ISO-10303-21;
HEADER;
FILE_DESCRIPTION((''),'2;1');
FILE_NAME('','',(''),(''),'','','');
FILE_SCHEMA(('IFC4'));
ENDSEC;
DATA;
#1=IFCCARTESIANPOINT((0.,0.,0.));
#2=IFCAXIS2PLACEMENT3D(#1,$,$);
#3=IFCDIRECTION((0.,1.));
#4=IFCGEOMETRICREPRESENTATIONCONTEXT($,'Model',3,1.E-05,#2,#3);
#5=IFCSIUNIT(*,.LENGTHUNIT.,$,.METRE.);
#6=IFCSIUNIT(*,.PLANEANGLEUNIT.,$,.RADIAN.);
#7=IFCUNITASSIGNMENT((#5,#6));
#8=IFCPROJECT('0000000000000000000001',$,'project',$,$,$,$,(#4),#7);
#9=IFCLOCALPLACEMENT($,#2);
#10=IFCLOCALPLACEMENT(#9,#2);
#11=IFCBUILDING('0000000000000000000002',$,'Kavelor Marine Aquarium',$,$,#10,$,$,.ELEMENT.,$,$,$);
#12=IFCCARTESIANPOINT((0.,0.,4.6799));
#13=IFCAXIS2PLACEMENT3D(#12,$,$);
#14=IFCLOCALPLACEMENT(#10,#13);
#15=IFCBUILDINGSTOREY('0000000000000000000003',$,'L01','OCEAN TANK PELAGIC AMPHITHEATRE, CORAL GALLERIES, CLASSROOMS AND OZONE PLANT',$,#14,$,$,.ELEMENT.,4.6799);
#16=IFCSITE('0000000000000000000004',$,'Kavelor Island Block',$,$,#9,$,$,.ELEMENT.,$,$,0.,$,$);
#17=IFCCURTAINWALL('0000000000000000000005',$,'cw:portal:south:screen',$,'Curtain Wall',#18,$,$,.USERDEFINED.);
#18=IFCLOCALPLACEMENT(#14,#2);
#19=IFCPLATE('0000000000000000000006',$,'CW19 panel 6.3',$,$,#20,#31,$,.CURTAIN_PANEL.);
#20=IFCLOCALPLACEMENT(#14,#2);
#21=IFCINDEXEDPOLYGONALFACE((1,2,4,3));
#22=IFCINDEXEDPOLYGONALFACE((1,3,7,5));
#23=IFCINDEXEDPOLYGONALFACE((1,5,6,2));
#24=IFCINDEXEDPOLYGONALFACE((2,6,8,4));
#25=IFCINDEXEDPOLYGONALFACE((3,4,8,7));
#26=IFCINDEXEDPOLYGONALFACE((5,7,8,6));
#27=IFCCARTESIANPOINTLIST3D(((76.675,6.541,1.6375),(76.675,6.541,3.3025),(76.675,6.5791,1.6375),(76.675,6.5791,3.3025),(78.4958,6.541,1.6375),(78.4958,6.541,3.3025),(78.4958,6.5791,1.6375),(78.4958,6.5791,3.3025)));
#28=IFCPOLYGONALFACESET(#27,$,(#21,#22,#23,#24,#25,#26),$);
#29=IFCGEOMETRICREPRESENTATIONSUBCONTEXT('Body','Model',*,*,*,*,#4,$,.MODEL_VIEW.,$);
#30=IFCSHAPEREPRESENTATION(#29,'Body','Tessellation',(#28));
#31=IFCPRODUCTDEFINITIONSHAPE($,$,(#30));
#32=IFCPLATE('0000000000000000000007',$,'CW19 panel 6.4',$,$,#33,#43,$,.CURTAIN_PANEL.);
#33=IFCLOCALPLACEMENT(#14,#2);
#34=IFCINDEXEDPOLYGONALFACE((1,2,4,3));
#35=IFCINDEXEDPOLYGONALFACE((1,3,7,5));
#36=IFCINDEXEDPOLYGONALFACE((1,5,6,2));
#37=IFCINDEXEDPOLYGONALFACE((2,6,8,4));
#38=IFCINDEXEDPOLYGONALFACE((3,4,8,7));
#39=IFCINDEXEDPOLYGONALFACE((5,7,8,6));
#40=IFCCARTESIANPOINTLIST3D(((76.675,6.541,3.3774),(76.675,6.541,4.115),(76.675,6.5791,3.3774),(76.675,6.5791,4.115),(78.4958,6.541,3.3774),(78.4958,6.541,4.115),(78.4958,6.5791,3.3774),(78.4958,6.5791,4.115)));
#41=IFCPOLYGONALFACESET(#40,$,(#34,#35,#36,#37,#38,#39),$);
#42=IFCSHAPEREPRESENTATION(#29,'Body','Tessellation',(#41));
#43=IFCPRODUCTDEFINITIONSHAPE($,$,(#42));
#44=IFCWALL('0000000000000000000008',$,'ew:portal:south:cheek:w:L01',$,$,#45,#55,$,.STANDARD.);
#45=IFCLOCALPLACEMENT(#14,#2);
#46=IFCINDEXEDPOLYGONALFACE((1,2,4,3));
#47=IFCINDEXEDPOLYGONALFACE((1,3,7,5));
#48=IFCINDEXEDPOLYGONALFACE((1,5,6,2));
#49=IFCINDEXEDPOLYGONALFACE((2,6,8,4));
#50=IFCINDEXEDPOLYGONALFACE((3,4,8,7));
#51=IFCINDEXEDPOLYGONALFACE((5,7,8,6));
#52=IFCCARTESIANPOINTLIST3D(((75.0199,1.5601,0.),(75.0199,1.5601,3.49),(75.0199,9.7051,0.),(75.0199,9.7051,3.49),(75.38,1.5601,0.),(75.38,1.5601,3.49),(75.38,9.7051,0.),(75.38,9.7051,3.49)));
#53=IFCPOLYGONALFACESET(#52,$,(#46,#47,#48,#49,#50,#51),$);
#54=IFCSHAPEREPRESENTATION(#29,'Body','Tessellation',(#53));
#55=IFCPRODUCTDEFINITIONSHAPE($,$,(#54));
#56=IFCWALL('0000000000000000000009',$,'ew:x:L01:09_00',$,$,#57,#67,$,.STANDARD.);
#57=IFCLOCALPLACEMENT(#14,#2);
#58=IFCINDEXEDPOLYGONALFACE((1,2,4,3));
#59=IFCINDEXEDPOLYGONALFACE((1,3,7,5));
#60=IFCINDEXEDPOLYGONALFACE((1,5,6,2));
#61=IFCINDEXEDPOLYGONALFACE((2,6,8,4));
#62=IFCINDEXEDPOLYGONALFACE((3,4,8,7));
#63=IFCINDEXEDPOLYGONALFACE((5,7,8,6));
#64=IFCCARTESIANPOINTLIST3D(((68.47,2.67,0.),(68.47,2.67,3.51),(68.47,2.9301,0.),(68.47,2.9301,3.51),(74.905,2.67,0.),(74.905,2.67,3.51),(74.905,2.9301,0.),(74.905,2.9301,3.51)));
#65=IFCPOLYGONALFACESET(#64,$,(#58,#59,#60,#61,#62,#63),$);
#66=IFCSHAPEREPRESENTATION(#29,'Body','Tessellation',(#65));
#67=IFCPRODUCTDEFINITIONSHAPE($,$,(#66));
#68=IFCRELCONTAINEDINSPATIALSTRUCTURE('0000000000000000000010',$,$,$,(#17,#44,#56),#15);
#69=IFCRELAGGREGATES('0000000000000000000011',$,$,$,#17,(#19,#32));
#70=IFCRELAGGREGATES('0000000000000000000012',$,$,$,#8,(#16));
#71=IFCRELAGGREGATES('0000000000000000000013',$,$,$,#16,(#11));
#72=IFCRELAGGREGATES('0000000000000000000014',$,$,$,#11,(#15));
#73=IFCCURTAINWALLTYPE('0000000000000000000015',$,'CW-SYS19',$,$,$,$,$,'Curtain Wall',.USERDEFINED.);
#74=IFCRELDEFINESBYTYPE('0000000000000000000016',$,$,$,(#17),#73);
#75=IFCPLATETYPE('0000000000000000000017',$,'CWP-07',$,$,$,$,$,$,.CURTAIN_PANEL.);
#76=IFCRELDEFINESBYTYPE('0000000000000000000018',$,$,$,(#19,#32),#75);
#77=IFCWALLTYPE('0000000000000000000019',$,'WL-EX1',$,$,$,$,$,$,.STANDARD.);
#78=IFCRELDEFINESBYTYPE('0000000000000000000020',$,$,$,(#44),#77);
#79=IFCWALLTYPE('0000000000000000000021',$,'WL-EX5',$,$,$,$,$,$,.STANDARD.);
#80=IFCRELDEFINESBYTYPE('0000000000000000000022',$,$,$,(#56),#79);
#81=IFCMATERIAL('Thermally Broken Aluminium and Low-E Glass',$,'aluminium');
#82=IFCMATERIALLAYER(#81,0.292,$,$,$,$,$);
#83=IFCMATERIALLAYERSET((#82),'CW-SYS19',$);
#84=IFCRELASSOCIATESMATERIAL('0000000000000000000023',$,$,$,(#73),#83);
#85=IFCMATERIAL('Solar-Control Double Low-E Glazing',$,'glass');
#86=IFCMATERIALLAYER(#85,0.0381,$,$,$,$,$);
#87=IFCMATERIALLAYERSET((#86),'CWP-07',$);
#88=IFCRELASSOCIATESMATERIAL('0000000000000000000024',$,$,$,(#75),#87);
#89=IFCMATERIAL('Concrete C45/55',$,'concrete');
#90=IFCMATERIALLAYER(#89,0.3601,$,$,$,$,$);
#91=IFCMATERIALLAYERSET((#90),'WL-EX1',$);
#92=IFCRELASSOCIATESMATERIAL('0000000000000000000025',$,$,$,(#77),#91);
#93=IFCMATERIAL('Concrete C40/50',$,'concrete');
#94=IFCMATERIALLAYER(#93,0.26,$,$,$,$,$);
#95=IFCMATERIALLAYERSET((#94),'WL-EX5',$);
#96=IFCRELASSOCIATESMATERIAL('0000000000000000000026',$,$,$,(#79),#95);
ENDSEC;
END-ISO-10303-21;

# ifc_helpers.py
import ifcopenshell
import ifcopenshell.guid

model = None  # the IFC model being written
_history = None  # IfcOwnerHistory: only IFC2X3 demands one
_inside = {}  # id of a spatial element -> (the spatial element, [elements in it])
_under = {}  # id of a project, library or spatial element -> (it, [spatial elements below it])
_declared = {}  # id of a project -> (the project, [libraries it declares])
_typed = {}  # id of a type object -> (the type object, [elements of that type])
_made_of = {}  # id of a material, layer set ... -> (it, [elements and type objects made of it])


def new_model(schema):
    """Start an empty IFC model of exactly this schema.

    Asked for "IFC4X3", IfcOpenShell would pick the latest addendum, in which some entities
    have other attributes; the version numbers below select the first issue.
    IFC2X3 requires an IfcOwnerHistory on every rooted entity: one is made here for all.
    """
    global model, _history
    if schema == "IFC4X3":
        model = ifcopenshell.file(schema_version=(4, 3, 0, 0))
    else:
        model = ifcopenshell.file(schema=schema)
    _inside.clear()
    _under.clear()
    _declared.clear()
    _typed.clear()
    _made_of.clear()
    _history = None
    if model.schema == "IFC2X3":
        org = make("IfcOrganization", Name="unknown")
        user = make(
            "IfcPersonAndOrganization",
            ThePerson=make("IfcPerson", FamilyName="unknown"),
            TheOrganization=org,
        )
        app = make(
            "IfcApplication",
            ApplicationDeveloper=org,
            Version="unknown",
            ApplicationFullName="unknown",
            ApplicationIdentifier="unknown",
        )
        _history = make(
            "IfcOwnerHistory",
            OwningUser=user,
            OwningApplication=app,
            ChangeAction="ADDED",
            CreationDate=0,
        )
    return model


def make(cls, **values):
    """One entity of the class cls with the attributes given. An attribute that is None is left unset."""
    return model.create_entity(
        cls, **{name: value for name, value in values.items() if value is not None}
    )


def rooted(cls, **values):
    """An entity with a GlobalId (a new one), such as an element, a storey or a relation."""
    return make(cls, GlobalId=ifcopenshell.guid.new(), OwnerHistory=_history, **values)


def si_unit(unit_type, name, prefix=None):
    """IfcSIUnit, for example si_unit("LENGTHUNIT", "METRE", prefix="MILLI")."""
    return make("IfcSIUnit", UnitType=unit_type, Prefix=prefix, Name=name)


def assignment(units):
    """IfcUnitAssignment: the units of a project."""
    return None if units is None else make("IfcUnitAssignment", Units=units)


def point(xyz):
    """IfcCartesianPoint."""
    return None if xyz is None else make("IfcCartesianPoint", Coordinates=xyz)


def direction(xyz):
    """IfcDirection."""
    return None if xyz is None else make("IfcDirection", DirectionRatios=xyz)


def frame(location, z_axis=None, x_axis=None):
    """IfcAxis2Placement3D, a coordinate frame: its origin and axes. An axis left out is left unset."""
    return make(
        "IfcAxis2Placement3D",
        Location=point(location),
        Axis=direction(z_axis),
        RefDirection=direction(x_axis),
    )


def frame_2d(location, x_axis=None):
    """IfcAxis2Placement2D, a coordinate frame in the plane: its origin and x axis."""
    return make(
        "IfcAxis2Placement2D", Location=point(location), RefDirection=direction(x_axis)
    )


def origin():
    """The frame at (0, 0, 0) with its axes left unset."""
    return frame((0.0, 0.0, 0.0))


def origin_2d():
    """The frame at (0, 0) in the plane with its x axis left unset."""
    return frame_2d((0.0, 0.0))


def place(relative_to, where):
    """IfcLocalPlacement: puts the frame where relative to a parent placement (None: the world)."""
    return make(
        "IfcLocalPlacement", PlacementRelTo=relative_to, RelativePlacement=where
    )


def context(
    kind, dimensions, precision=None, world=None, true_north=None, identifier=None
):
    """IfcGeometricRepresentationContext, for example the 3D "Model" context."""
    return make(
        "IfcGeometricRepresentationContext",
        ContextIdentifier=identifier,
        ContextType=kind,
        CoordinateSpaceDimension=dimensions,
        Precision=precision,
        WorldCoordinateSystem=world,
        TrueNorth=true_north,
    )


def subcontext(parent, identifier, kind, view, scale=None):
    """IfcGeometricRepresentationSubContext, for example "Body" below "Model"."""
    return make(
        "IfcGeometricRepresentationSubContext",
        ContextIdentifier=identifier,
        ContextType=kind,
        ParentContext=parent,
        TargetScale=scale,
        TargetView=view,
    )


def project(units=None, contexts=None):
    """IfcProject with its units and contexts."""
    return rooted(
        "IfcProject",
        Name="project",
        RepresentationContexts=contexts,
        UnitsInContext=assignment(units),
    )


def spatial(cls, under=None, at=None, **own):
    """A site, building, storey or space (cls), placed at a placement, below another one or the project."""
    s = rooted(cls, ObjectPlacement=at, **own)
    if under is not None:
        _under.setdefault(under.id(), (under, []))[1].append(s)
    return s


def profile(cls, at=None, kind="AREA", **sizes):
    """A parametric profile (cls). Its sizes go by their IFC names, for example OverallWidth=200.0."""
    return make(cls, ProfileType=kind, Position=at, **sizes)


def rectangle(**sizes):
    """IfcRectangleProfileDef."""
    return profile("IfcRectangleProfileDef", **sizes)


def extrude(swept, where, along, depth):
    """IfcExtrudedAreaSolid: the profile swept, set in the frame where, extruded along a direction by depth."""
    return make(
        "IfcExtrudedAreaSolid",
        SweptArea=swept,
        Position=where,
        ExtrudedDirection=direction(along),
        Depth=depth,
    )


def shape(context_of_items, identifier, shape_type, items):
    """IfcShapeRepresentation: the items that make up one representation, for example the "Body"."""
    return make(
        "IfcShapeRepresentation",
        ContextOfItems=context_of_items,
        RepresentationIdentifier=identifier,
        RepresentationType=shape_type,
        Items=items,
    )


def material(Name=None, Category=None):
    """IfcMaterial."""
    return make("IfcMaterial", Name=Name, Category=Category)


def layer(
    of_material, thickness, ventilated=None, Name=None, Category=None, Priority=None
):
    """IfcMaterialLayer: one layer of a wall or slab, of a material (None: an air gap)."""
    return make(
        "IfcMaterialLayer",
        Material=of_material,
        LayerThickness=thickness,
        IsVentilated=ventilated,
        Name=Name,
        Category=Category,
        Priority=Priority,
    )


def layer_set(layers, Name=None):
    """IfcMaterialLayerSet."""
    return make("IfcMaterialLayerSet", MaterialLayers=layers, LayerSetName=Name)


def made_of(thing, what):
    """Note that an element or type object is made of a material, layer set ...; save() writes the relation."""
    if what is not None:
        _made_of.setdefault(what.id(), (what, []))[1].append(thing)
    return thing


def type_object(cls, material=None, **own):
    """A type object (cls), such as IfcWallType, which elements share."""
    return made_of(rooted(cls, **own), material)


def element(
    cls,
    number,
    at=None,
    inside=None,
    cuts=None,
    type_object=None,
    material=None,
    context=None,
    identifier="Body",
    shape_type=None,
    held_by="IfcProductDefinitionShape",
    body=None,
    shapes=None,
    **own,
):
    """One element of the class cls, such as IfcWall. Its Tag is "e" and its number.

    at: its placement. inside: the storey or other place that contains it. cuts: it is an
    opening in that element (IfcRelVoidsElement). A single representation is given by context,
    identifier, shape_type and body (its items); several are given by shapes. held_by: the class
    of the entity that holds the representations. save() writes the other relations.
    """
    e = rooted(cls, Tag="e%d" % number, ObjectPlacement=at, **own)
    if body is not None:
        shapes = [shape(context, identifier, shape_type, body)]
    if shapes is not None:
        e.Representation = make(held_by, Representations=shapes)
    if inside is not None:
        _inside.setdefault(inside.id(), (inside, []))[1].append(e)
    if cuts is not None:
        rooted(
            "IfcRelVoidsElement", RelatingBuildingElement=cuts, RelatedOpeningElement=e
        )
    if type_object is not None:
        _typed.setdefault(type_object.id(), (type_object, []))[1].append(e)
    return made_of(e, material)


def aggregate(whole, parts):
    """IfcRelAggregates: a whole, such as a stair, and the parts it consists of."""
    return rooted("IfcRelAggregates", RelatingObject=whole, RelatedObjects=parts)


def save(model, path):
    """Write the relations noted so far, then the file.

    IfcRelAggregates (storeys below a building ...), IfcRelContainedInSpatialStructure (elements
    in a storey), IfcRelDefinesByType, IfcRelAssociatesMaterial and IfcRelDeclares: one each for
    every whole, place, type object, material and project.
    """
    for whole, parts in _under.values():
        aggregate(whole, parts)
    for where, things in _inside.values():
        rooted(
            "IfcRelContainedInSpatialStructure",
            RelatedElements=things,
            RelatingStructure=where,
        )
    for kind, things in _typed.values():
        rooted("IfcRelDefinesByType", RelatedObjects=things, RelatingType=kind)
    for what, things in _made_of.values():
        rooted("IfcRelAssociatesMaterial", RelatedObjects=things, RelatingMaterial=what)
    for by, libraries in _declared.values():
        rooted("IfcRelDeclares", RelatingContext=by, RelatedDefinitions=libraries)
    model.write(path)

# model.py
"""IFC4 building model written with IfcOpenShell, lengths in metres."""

from ifc_helpers import new_model, si_unit, direction, frame, frame_2d, origin, origin_2d, place, context, subcontext, project, spatial, rectangle, extrude, material, layer, layer_set, type_object, element, aggregate, save


model = new_model("IFC4")

# Units and contexts
model_context = context("Model", 3, precision=1e-05, world=origin(), true_north=direction((0.0, 1.0)))
body_context = subcontext(model_context, "Body", "Model", "MODEL_VIEW")
ifc_project = project(units=[si_unit("LENGTHUNIT", "METRE"), si_unit("PLANEANGLEUNIT", "RADIAN")], contexts=[model_context])

# Site, building, storey
site_placement = place(None, origin())
site = spatial("IfcSite", under=ifc_project, at=site_placement, Name="Kavelor Island Block", CompositionType="ELEMENT", RefElevation=0.0)
building_placement = place(site_placement, origin())
building = spatial("IfcBuilding", under=site, at=building_placement, Name="Kavelor Marine Aquarium", CompositionType="ELEMENT")
storey_placement = place(building_placement, frame((0.0, 0.0, 4.6799)))
storey = spatial("IfcBuildingStorey", under=building, at=storey_placement, Name="L01", Description="OCEAN TANK PELAGIC AMPHITHEATRE, CORAL GALLERIES, CLASSROOMS AND OZONE PLANT", CompositionType="ELEMENT", Elevation=4.6799)

# Curtain wall
ifc_material_1 = material(Name="Thermally Broken Aluminium and Low-E Glass", Category="aluminium")
ifc_layer_1 = layer(ifc_material_1, 0.292)
ifc_layer_set_1 = layer_set([ifc_layer_1], Name="CW-SYS19")
curtain_wall_type = type_object("IfcCurtainWallType", Name="CW-SYS19", ElementType="Curtain Wall", PredefinedType="USERDEFINED", material=ifc_layer_set_1)
curtain_wall_placement = place(storey_placement, origin())
curtain_wall = element("IfcCurtainWall", 1, at=curtain_wall_placement, inside=storey, type_object=curtain_wall_type, Name="cw:portal:south:screen", ObjectType="Curtain Wall", PredefinedType="USERDEFINED")

# Plates
ifc_material_2 = material(Name="Solar-Control Double Low-E Glazing", Category="glass")
ifc_layer_2 = layer(ifc_material_2, 0.0381)
ifc_layer_set_2 = layer_set([ifc_layer_2], Name="CWP-07")
plate_type = type_object("IfcPlateType", Name="CWP-07", PredefinedType="CURTAIN_PANEL", material=ifc_layer_set_2)
plate_1_placement = place(storey_placement, frame((77.5854, 6.5601, 1.6375), z_axis=(0.0, 0.0, 1.0), x_axis=(-1.0, 0.0, 0.0)))
plate_1 = element("IfcPlate", 2, at=plate_1_placement, type_object=plate_type, Name="CW19 panel 6.3", PredefinedType="CURTAIN_PANEL", context=body_context, shape_type="SweptSolid", body=[
    extrude(rectangle(XDim=1.8208, YDim=0.0381, at=origin_2d()), origin(), (0.0, 0.0, 1.0), 1.665),
])
plate_2_placement = place(storey_placement, frame((77.5854, 6.5601, 3.3774), z_axis=(0.0, 0.0, 1.0), x_axis=(-1.0, 0.0, 0.0)))
plate_2 = element("IfcPlate", 3, at=plate_2_placement, type_object=plate_type, Name="CW19 panel 6.4", PredefinedType="CURTAIN_PANEL", context=body_context, shape_type="SweptSolid", body=[
    extrude(rectangle(XDim=1.8208, YDim=0.0381, at=origin_2d()), origin(), (0.0, 0.0, 1.0), 0.7375),
])
aggregate(curtain_wall, [plate_1, plate_2])

# Walls
ifc_material_3 = material(Name="Concrete C45/55", Category="concrete")
ifc_layer_3 = layer(ifc_material_3, 0.3601)
ifc_layer_set_3 = layer_set([ifc_layer_3], Name="WL-EX1")
wall_type_1 = type_object("IfcWallType", Name="WL-EX1", PredefinedType="STANDARD", material=ifc_layer_set_3)
wall_1_placement = place(storey_placement, frame((75.2, 1.5601, 0.0), z_axis=(0.0, 0.0, 1.0), x_axis=(0.0, 1.0, 0.0)))
element("IfcWall", 4, at=wall_1_placement, inside=storey, type_object=wall_type_1, Name="ew:portal:south:cheek:w:L01", PredefinedType="STANDARD", context=body_context, shape_type="SweptSolid", body=[
    extrude(rectangle(XDim=8.145, YDim=0.3601, at=frame_2d((4.0725, 0.0))), origin(), (0.0, 0.0, 1.0), 3.49),
])
ifc_material_4 = material(Name="Concrete C40/50", Category="concrete")
ifc_layer_4 = layer(ifc_material_4, 0.26)
ifc_layer_set_4 = layer_set([ifc_layer_4], Name="WL-EX5")
wall_type_2 = type_object("IfcWallType", Name="WL-EX5", PredefinedType="STANDARD", material=ifc_layer_set_4)
wall_2_placement = place(storey_placement, frame((74.905, 2.8, 0.0), z_axis=(0.0, 0.0, 1.0), x_axis=(-1.0, 0.0, 0.0)))
element("IfcWall", 5, at=wall_2_placement, inside=storey, type_object=wall_type_2, Name="ew:x:L01:09_00", PredefinedType="STANDARD", context=body_context, shape_type="SweptSolid", body=[
    extrude(rectangle(XDim=6.4351, YDim=0.26, at=frame_2d((3.2175, 0.0))), origin(), (0.0, 0.0, 1.0), 3.51),
])

save(model, "model.ifc")
